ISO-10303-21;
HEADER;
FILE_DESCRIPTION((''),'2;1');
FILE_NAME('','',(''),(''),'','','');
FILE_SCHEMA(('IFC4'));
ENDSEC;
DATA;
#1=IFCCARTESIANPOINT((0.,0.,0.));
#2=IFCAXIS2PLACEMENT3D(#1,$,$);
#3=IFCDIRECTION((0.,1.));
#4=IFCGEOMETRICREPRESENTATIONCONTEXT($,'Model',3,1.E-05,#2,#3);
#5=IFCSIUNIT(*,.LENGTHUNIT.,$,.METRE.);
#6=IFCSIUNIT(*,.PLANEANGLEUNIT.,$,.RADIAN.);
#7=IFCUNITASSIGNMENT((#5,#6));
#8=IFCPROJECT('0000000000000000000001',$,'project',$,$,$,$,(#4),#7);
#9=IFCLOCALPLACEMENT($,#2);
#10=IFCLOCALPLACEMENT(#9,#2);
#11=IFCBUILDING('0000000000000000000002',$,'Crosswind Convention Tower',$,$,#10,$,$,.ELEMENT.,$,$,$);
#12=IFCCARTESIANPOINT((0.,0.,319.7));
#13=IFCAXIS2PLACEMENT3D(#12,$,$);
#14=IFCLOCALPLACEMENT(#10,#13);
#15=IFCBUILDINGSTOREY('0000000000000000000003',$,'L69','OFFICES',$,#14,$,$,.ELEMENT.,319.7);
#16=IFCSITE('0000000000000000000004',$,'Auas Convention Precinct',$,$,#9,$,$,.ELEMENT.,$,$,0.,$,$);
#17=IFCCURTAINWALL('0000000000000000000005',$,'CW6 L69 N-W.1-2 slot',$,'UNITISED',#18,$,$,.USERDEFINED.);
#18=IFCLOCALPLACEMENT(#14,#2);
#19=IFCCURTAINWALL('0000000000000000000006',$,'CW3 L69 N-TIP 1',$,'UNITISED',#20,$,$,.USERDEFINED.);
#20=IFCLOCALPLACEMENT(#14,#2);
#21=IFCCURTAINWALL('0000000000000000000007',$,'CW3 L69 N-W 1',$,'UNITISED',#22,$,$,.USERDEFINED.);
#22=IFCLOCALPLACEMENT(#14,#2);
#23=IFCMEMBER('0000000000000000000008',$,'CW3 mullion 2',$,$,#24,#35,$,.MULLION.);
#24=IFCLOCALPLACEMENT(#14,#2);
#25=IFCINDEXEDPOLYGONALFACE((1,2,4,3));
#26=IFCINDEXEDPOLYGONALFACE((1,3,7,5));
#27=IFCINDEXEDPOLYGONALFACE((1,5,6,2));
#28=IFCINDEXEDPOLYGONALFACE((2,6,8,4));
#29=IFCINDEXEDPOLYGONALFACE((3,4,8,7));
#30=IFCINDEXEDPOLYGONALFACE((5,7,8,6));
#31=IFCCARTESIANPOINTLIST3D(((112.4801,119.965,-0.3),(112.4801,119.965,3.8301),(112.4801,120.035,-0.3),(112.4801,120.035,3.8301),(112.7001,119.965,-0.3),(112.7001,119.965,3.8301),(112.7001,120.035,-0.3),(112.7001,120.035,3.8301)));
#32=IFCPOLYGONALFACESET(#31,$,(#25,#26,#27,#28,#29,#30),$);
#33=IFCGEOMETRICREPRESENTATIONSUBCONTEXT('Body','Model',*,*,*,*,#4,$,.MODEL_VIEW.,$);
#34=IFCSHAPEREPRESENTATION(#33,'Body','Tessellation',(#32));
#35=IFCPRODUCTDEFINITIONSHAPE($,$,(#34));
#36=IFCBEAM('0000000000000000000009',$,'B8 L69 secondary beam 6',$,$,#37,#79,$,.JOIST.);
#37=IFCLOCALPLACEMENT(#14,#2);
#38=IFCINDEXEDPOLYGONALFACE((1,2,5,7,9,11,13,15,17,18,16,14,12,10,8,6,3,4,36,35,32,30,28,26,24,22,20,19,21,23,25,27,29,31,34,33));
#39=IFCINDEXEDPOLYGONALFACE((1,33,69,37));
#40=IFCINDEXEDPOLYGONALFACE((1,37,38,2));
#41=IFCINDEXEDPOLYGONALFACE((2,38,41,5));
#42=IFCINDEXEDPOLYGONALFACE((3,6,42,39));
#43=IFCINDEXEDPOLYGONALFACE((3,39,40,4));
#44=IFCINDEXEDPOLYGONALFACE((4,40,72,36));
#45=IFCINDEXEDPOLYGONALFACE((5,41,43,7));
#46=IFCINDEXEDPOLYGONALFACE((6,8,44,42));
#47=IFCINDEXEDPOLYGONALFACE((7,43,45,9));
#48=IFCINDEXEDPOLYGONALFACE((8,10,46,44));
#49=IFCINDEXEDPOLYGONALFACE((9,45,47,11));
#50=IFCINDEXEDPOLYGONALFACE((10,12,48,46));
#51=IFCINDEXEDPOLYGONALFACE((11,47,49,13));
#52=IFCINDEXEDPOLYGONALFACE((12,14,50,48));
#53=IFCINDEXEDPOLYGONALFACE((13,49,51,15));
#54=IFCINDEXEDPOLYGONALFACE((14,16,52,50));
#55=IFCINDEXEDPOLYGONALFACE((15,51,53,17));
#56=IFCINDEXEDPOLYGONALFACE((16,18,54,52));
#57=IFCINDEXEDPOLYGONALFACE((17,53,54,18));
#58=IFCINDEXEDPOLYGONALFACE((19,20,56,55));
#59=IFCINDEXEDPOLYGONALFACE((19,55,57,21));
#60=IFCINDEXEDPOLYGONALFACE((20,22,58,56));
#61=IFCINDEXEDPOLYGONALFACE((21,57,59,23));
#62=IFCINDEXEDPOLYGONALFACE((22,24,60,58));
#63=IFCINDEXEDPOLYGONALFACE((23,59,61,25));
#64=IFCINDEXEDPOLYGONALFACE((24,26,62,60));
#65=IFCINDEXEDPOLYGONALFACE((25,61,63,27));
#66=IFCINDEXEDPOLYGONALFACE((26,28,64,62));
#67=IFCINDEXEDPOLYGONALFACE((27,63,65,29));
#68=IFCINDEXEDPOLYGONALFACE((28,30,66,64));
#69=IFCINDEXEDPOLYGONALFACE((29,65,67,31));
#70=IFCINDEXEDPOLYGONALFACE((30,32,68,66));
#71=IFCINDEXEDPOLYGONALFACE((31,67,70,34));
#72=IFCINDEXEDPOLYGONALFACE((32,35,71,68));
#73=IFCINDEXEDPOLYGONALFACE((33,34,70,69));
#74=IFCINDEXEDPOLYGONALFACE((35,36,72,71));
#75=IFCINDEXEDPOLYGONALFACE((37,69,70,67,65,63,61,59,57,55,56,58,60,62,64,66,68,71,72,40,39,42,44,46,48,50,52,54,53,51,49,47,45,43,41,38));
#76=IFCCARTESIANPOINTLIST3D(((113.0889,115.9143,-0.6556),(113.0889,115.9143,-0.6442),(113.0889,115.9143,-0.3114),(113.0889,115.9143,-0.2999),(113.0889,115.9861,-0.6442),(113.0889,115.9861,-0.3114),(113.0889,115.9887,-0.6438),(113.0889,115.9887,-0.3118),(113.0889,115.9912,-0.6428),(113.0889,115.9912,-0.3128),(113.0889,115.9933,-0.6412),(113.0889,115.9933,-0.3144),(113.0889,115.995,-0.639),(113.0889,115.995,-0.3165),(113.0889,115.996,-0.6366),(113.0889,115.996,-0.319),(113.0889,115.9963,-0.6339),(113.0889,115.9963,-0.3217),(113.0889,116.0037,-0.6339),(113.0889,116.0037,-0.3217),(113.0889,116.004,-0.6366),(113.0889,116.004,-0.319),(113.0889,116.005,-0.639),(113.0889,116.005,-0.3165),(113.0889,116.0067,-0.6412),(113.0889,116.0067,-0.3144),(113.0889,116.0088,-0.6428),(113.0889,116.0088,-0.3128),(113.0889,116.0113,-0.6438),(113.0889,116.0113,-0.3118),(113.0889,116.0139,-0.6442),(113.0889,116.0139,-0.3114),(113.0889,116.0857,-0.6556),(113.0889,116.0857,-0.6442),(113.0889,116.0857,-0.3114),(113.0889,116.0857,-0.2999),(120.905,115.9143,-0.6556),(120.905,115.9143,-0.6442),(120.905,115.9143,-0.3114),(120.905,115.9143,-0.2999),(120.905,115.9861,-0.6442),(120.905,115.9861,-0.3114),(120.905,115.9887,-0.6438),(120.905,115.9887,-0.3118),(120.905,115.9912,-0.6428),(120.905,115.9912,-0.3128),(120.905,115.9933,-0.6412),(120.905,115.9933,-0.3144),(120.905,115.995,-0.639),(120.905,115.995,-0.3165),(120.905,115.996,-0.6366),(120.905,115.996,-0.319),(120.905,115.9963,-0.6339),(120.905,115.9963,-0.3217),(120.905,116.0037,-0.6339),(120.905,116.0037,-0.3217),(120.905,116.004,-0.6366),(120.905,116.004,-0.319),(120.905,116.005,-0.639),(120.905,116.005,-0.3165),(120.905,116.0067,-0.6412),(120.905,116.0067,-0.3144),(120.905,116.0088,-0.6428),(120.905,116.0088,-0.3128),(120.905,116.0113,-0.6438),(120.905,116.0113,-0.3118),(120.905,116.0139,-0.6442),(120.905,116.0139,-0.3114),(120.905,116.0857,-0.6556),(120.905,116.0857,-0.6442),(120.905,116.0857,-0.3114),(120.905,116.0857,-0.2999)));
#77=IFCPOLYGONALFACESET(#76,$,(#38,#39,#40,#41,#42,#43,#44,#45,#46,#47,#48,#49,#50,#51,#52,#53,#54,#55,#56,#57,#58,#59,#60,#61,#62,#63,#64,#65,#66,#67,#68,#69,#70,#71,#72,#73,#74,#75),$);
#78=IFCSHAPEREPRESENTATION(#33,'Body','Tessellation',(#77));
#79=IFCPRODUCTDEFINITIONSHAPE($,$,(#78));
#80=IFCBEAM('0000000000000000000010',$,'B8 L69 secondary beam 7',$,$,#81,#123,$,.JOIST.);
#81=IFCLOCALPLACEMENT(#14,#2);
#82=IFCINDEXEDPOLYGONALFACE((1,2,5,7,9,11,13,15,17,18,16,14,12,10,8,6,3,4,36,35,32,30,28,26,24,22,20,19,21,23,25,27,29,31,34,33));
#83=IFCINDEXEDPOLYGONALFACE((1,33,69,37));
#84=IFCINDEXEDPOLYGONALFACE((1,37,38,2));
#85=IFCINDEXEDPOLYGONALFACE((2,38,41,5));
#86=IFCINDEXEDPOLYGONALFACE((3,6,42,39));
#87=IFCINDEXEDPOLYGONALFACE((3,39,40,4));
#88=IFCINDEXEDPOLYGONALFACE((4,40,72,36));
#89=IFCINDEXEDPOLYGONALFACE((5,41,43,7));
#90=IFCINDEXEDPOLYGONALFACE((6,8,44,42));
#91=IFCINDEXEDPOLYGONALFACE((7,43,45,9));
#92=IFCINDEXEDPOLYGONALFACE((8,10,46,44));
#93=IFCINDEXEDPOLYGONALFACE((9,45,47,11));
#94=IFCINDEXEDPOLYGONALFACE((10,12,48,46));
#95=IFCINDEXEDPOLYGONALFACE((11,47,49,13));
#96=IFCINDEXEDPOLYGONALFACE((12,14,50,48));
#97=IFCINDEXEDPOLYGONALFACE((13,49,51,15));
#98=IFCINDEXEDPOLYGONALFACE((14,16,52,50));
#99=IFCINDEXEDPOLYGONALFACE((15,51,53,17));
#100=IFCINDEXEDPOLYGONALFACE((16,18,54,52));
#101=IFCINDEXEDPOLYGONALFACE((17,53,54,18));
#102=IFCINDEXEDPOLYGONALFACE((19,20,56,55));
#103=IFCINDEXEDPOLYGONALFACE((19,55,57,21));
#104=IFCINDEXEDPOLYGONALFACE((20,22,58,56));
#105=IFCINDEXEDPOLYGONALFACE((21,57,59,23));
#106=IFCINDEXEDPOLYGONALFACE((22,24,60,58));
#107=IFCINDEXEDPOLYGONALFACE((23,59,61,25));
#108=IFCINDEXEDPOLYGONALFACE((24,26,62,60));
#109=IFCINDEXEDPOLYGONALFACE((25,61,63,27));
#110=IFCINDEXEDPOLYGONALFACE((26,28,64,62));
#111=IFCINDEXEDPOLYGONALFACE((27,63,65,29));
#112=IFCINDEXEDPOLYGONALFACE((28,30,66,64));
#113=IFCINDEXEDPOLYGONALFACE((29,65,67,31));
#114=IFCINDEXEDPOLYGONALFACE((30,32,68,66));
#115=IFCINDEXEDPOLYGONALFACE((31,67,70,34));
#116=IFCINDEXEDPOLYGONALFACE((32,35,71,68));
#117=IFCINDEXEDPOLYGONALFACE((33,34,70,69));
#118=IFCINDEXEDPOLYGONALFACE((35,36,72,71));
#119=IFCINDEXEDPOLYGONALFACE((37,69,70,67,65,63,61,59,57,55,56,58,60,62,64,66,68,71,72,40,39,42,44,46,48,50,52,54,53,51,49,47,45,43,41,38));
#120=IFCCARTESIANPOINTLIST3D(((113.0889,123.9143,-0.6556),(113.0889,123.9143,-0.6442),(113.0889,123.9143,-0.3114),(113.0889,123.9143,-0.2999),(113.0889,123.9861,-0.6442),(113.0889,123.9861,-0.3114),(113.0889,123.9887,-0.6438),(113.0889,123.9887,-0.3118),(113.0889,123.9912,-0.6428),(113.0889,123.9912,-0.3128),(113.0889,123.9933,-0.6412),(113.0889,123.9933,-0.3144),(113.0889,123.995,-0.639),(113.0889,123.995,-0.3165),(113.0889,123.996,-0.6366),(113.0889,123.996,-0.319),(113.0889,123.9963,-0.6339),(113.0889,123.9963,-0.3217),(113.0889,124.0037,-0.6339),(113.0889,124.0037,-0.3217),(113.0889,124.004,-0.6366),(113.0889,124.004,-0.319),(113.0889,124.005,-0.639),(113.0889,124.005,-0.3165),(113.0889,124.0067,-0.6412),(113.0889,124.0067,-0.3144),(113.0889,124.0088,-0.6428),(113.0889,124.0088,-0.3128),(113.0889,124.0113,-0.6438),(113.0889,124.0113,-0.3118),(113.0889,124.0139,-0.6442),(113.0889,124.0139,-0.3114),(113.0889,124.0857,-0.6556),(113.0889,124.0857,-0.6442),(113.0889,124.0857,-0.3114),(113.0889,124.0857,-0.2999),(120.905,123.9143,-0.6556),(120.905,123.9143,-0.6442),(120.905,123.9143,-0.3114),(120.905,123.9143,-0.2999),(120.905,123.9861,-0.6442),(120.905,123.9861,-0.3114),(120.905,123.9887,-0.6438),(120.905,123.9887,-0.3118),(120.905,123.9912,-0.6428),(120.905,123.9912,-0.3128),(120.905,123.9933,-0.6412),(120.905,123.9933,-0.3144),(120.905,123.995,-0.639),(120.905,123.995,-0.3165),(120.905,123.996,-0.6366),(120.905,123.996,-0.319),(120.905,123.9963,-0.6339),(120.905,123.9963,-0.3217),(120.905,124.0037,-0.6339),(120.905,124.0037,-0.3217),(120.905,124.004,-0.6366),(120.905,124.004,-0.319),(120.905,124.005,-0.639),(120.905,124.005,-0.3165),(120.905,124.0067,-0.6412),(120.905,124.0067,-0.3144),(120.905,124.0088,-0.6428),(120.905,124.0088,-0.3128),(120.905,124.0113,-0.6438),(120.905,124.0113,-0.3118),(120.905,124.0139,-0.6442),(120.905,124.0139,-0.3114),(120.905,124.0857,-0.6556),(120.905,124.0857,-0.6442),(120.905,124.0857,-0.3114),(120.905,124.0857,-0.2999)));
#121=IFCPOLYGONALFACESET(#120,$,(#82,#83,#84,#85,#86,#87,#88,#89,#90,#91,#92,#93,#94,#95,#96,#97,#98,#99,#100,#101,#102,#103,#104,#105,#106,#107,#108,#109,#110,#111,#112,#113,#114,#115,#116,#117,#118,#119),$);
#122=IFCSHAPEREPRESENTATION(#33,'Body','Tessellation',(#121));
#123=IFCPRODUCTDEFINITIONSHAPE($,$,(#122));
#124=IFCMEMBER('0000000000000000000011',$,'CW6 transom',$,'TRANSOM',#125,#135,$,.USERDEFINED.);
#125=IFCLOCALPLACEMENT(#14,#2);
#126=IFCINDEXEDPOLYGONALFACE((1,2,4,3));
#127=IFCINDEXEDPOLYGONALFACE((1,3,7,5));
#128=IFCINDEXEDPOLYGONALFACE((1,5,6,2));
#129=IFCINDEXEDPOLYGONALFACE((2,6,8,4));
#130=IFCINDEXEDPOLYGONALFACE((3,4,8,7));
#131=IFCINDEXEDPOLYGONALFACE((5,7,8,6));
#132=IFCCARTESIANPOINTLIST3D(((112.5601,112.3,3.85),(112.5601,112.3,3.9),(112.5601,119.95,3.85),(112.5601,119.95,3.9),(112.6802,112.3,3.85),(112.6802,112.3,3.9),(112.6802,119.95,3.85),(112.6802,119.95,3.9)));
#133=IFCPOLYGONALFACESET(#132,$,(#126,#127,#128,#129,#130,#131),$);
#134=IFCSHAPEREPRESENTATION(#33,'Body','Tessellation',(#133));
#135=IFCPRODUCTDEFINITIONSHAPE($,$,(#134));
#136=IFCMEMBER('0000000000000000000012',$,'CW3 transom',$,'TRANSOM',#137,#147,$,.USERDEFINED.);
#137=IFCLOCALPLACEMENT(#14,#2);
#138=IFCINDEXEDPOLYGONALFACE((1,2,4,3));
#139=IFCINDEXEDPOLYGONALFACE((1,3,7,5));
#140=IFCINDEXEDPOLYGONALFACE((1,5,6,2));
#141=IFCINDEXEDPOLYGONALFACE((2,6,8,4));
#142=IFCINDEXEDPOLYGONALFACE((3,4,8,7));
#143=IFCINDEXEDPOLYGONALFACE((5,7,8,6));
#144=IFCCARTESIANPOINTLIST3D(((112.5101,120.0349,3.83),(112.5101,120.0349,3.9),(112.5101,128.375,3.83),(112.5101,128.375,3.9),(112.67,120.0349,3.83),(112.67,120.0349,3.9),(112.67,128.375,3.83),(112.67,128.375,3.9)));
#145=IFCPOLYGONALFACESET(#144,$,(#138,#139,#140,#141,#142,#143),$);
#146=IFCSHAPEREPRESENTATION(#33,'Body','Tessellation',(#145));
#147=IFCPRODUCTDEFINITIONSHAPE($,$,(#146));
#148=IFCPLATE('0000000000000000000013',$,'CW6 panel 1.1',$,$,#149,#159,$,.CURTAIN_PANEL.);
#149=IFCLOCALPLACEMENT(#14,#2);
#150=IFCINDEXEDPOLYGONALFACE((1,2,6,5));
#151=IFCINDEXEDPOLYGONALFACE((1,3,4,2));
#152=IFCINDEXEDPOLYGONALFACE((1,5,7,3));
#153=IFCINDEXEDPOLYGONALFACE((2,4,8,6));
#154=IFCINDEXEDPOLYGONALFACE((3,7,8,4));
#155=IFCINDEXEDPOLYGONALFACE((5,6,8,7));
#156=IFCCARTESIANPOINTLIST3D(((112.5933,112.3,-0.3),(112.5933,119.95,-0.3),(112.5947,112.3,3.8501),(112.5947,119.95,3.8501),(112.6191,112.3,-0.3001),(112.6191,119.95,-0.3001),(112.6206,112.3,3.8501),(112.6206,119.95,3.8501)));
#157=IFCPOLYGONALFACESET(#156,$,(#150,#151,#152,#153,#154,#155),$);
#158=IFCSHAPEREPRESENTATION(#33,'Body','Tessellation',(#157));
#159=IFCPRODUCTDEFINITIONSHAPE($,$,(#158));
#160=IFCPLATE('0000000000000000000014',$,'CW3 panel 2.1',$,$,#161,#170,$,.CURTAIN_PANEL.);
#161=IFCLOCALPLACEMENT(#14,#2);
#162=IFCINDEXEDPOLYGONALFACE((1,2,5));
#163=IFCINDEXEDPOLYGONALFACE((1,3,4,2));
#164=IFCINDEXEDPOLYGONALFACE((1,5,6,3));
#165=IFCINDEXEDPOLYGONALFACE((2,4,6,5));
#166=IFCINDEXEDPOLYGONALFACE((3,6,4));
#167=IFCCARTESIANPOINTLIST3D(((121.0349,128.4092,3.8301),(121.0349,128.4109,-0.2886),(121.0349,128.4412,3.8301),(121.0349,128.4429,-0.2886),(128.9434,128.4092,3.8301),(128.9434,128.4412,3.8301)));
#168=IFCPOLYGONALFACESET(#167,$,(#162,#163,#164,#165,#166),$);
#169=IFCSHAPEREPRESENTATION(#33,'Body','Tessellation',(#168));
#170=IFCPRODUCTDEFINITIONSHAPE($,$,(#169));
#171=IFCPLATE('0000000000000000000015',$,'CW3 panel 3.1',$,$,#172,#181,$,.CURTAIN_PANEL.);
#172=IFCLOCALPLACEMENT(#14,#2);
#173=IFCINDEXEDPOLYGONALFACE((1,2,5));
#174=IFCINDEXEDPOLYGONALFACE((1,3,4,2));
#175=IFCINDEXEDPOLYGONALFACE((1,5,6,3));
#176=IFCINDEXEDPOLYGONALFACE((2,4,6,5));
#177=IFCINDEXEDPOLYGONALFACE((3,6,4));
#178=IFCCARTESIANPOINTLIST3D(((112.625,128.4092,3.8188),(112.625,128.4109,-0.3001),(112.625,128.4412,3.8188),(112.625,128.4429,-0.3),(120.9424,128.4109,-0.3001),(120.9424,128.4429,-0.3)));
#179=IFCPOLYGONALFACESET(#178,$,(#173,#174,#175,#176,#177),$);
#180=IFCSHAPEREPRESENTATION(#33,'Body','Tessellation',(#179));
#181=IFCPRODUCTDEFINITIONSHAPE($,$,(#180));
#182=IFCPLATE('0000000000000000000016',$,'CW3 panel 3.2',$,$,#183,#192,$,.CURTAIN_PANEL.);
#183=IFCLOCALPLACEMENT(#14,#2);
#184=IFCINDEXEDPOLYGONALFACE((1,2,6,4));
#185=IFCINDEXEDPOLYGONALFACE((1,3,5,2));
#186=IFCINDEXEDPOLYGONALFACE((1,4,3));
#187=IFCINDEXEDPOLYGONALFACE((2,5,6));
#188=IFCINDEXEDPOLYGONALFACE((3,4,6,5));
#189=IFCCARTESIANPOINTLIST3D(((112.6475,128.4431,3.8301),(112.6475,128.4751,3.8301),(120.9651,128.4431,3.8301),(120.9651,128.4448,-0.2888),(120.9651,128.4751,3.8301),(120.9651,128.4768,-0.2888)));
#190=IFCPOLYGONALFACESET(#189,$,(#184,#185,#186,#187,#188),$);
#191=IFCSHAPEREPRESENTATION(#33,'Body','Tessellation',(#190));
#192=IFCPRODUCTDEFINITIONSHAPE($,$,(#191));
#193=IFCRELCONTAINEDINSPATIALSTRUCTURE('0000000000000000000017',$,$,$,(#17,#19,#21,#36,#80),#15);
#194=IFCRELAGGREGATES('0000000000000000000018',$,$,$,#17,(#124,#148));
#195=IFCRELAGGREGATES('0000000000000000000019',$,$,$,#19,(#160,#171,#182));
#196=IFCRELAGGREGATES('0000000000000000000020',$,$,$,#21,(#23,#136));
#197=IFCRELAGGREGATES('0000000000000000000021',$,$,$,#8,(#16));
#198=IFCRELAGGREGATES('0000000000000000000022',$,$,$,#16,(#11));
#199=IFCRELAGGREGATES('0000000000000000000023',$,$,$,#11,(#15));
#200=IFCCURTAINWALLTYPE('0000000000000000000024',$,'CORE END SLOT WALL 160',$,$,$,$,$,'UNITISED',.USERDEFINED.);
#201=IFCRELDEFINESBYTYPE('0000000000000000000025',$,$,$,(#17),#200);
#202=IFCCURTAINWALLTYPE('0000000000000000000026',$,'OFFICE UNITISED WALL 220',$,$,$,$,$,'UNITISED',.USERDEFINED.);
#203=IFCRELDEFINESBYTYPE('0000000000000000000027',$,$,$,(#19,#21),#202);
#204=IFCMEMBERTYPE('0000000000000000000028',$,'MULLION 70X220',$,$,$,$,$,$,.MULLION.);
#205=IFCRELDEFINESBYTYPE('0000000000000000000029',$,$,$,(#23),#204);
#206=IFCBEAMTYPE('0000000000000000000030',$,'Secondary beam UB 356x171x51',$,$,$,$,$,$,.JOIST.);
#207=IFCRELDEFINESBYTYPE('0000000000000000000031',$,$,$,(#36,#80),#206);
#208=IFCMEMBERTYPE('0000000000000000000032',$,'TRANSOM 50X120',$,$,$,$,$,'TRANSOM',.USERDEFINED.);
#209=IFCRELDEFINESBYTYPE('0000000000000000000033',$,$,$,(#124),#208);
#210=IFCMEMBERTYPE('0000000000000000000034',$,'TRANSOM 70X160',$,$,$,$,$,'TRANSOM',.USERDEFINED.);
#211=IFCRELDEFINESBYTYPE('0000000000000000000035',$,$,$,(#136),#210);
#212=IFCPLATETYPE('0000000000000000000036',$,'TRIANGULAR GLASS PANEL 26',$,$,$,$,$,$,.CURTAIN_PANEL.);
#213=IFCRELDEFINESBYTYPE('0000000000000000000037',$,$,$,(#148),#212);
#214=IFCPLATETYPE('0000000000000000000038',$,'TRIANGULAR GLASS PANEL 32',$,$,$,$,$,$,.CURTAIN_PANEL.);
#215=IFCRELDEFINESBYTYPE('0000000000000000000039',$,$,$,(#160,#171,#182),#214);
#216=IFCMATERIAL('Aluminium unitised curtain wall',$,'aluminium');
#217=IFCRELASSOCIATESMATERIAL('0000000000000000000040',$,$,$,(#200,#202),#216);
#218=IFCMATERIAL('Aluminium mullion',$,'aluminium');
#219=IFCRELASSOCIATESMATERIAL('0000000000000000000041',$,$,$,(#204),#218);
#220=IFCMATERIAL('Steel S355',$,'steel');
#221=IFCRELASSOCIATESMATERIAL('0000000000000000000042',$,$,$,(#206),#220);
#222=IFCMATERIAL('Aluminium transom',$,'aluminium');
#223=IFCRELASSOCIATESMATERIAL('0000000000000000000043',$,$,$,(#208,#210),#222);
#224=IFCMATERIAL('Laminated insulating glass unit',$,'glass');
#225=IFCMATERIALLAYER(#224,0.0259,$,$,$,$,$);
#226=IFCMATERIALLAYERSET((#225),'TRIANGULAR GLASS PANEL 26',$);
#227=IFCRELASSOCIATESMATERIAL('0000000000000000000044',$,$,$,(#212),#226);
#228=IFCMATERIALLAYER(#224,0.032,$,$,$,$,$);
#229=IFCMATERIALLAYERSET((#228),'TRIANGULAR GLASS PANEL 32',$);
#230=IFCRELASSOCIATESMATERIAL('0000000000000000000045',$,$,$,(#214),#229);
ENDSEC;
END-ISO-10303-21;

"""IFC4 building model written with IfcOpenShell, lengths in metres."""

from ifc_helpers import new_model, si_unit, direction, frame, origin, origin_2d, place, context, subcontext, project, spatial, polyline, rectangle, i_section, outline, extrude, material, layer, layer_set, material_profile, profile_set, type_object, element, aggregate, save


model = new_model("IFC4")

# Units and contexts
model_context = context("Model", 3, precision=1e-05, world=origin(), true_north=direction((0.0, 1.0)))
body_context = subcontext(model_context, "Body", "Model", "MODEL_VIEW")
ifc_project = project(units=[si_unit("LENGTHUNIT", "METRE"), si_unit("PLANEANGLEUNIT", "RADIAN")], contexts=[model_context])

# Site, building, storey
site_placement = place(None, origin())
site = spatial("IfcSite", under=ifc_project, at=site_placement, Name="Auas Convention Precinct", CompositionType="ELEMENT", RefElevation=0.0)
building_placement = place(site_placement, origin())
building = spatial("IfcBuilding", under=site, at=building_placement, Name="Crosswind Convention Tower", CompositionType="ELEMENT")
storey_placement = place(building_placement, frame((0.0, 0.0, 319.7)))
storey = spatial("IfcBuildingStorey", under=building, at=storey_placement, Name="L69", Description="OFFICES", CompositionType="ELEMENT", Elevation=319.7)

# Shared definitions
ifc_material_1 = material(Name="Steel S355", Category="steel")

# Curtain walls
ifc_material_2 = material(Name="Aluminium unitised curtain wall", Category="aluminium")
curtain_wall_type_1 = type_object("IfcCurtainWallType", Name="CORE END SLOT WALL 160", ElementType="UNITISED", PredefinedType="USERDEFINED", material=ifc_material_2)
curtain_wall_1_placement = place(storey_placement, origin())
curtain_wall_1 = element("IfcCurtainWall", 1, at=curtain_wall_1_placement, inside=storey, type_object=curtain_wall_type_1, Name="CW6 L69 N-W.1-2 slot", ObjectType="UNITISED", PredefinedType="USERDEFINED")
ifc_material_3 = material(Name="Aluminium mullion", Category="aluminium")
curtain_wall_type_2 = type_object("IfcCurtainWallType", Name="OFFICE UNITISED WALL 220", ElementType="UNITISED", PredefinedType="USERDEFINED", material=ifc_material_2)
curtain_wall_2_placement = place(storey_placement, origin())
curtain_wall_2 = element("IfcCurtainWall", 2, at=curtain_wall_2_placement, inside=storey, type_object=curtain_wall_type_2, Name="CW3 L69 N-TIP 1", ObjectType="UNITISED", PredefinedType="USERDEFINED")
ifc_material_profile_1 = material_profile(ifc_material_3, rectangle(XDim=0.22, YDim=0.0701, at=origin_2d()), Name="AL 220X70")
ifc_profile_set_1 = profile_set([ifc_material_profile_1], Name="Aluminium mullion")
member_type_1 = type_object("IfcMemberType", Name="MULLION 70X220", PredefinedType="MULLION", material=ifc_profile_set_1)

# Curtain wall, member
curtain_wall_3_placement = place(storey_placement, origin())
curtain_wall_3 = element("IfcCurtainWall", 3, at=curtain_wall_3_placement, inside=storey, type_object=curtain_wall_type_2, Name="CW3 L69 N-W 1", ObjectType="UNITISED", PredefinedType="USERDEFINED")
member_1_placement = place(storey_placement, frame((112.5901, 120.0, -0.3), z_axis=(0.0, 0.0, 1.0), x_axis=(-1.0, 0.0, 0.0)))
member_1 = element("IfcMember", 4, at=member_1_placement, type_object=member_type_1, Name="CW3 mullion 2", PredefinedType="MULLION", context=body_context, shape_type="SweptSolid", body=[
    extrude(rectangle(XDim=0.22, YDim=0.0701, at=origin_2d()), origin(), (0.0, 0.0, 1.0), 4.1301),
])

# Beams
ifc_material_profile_2 = material_profile(ifc_material_1, i_section(OverallWidth=0.1714, OverallDepth=0.3557, WebThickness=0.0073, FlangeThickness=0.0115, FilletRadius=0.0103, at=origin_2d()), Name="UB 356x171x51")
ifc_profile_set_2 = profile_set([ifc_material_profile_2], Name="Steel S355")
beam_type_1 = type_object("IfcBeamType", Name="Secondary beam UB 356x171x51", PredefinedType="JOIST", material=ifc_profile_set_2)
for number, where, z_axis, x_axis, name in (
    (5, (113.0889, 116.0, -0.4778), (1.0, 0.0, 0.0), (0.0, 1.0, 0.0), "B8 L69 secondary beam 6"),
    (6, (113.0889, 124.0, -0.4778), (1.0, 0.0, 0.0), (0.0, 1.0, 0.0), "B8 L69 secondary beam 7"),
):
    element("IfcBeam", number, at=place(storey_placement, frame(where, z_axis=z_axis, x_axis=x_axis)), inside=storey, type_object=beam_type_1, Name=name, PredefinedType="JOIST", context=body_context, shape_type="SweptSolid", body=[
        extrude(i_section(OverallWidth=0.1714, OverallDepth=0.3557, WebThickness=0.0073, FlangeThickness=0.0115, FilletRadius=0.0103, at=origin_2d()), origin(), (0.0, 0.0, 1.0), 7.8162),
    ])

# Members
ifc_material_4 = material(Name="Aluminium transom", Category="aluminium")
ifc_material_profile_3 = material_profile(ifc_material_4, rectangle(XDim=0.1201, YDim=0.05, at=origin_2d()), Name="AL 120X50")
ifc_profile_set_3 = profile_set([ifc_material_profile_3], Name="Aluminium transom")
member_type_2 = type_object("IfcMemberType", Name="TRANSOM 50X120", ElementType="TRANSOM", PredefinedType="USERDEFINED", material=ifc_profile_set_3)
member_2_placement = place(storey_placement, frame((112.6201, 119.95, 3.875), z_axis=(0.0, -1.0, 0.0), x_axis=(1.0, 0.0, 0.0)))
member_2 = element("IfcMember", 7, at=member_2_placement, type_object=member_type_2, Name="CW6 transom", ObjectType="TRANSOM", PredefinedType="USERDEFINED", context=body_context, shape_type="SweptSolid", body=[
    extrude(rectangle(XDim=0.1201, YDim=0.05, at=origin_2d()), origin(), (0.0, 0.0, 1.0), 7.6499),
])
ifc_material_profile_4 = material_profile(ifc_material_4, rectangle(XDim=0.1599, YDim=0.0701, at=origin_2d()), Name="AL 160X70")
ifc_profile_set_4 = profile_set([ifc_material_profile_4], Name="Aluminium transom")
member_type_3 = type_object("IfcMemberType", Name="TRANSOM 70X160", ElementType="TRANSOM", PredefinedType="USERDEFINED", material=ifc_profile_set_4)
member_3_placement = place(storey_placement, frame((112.5901, 128.375, 3.865), z_axis=(0.0, -1.0, 0.0), x_axis=(1.0, 0.0, 0.0)))
member_3 = element("IfcMember", 8, at=member_3_placement, type_object=member_type_3, Name="CW3 transom", ObjectType="TRANSOM", PredefinedType="USERDEFINED", context=body_context, shape_type="SweptSolid", body=[
    extrude(rectangle(XDim=0.1599, YDim=0.0701, at=origin_2d()), origin(), (0.0, 0.0, 1.0), 8.3401),
])

# Plates
ifc_material_5 = material(Name="Laminated insulating glass unit", Category="glass")
ifc_layer_1 = layer(ifc_material_5, 0.0259)
ifc_layer_set_1 = layer_set([ifc_layer_1], Name="TRIANGULAR GLASS PANEL 26")
plate_type_1 = type_object("IfcPlateType", Name="TRIANGULAR GLASS PANEL 26", PredefinedType="CURTAIN_PANEL", material=ifc_layer_set_1)
plate_1_placement = place(storey_placement, frame((112.5933, 119.95, -0.3), z_axis=(-1.0, 0.0, 0.000353), x_axis=(0.0, -1.0, 0.0)))
plate_1 = element("IfcPlate", 9, at=plate_1_placement, type_object=plate_type_1, Name="CW6 panel 1.1", PredefinedType="CURTAIN_PANEL", context=body_context, shape_type="SweptSolid", body=[
    extrude(outline(polyline([(0.0, 0.0), (7.6499, 0.0), (7.6499, 4.1501), (0.0, 4.1501), (0.0, 0.0)])), origin(), (0.0, 0.0, -1.0), 0.0259),
])
aggregate(curtain_wall_1, [member_2, plate_1])
ifc_layer_2 = layer(ifc_material_5, 0.032)
ifc_layer_set_2 = layer_set([ifc_layer_2], Name="TRIANGULAR GLASS PANEL 32")
plate_type_2 = type_object("IfcPlateType", Name="TRIANGULAR GLASS PANEL 32", PredefinedType="CURTAIN_PANEL", material=ifc_layer_set_2)
plate_2_placement = place(storey_placement, frame((121.0349, 128.4412, 3.8301), z_axis=(0.0, 1.0, 0.000415), x_axis=(1.0, 0.0, 0.0)))
plate_2 = element("IfcPlate", 10, at=plate_2_placement, type_object=plate_type_2, Name="CW3 panel 2.1", PredefinedType="CURTAIN_PANEL", context=body_context, shape_type="SweptSolid", body=[
    extrude(outline(polyline([(0.0, 0.0), (7.9084, 0.0), (0.0, 4.1187), (0.0, 0.0)])), origin(), (0.0, 0.0, -1.0), 0.032),
])
plate_3_placement = place(storey_placement, frame((112.625, 128.4429, -0.3), z_axis=(0.0, 1.0, 0.000415), x_axis=(0.0, -0.000415, 1.0)))
plate_3 = element("IfcPlate", 11, at=plate_3_placement, type_object=plate_type_2, Name="CW3 panel 3.1", PredefinedType="CURTAIN_PANEL", context=body_context, shape_type="SweptSolid", body=[
    extrude(outline(polyline([(0.0, 0.0), (4.1189, 0.0), (0.0, 8.3174), (0.0, 0.0)])), origin(), (0.0, 0.0, -1.0), 0.032),
])
plate_4_placement = place(storey_placement, frame((120.9651, 128.4751, 3.8301), z_axis=(0.0, 1.0, 0.000415), x_axis=(0.0, 0.000415, -1.0)))
plate_4 = element("IfcPlate", 12, at=plate_4_placement, type_object=plate_type_2, Name="CW3 panel 3.2", PredefinedType="CURTAIN_PANEL", context=body_context, shape_type="SweptSolid", body=[
    extrude(outline(polyline([(0.0, 0.0), (4.1189, 0.0), (0.0, 8.3176), (0.0, 0.0)])), origin(), (0.0, 0.0, -1.0), 0.032),
])
aggregate(curtain_wall_2, [plate_2, plate_3, plate_4])

aggregate(curtain_wall_3, [member_1, member_3])

save(model, "model.ifc")
